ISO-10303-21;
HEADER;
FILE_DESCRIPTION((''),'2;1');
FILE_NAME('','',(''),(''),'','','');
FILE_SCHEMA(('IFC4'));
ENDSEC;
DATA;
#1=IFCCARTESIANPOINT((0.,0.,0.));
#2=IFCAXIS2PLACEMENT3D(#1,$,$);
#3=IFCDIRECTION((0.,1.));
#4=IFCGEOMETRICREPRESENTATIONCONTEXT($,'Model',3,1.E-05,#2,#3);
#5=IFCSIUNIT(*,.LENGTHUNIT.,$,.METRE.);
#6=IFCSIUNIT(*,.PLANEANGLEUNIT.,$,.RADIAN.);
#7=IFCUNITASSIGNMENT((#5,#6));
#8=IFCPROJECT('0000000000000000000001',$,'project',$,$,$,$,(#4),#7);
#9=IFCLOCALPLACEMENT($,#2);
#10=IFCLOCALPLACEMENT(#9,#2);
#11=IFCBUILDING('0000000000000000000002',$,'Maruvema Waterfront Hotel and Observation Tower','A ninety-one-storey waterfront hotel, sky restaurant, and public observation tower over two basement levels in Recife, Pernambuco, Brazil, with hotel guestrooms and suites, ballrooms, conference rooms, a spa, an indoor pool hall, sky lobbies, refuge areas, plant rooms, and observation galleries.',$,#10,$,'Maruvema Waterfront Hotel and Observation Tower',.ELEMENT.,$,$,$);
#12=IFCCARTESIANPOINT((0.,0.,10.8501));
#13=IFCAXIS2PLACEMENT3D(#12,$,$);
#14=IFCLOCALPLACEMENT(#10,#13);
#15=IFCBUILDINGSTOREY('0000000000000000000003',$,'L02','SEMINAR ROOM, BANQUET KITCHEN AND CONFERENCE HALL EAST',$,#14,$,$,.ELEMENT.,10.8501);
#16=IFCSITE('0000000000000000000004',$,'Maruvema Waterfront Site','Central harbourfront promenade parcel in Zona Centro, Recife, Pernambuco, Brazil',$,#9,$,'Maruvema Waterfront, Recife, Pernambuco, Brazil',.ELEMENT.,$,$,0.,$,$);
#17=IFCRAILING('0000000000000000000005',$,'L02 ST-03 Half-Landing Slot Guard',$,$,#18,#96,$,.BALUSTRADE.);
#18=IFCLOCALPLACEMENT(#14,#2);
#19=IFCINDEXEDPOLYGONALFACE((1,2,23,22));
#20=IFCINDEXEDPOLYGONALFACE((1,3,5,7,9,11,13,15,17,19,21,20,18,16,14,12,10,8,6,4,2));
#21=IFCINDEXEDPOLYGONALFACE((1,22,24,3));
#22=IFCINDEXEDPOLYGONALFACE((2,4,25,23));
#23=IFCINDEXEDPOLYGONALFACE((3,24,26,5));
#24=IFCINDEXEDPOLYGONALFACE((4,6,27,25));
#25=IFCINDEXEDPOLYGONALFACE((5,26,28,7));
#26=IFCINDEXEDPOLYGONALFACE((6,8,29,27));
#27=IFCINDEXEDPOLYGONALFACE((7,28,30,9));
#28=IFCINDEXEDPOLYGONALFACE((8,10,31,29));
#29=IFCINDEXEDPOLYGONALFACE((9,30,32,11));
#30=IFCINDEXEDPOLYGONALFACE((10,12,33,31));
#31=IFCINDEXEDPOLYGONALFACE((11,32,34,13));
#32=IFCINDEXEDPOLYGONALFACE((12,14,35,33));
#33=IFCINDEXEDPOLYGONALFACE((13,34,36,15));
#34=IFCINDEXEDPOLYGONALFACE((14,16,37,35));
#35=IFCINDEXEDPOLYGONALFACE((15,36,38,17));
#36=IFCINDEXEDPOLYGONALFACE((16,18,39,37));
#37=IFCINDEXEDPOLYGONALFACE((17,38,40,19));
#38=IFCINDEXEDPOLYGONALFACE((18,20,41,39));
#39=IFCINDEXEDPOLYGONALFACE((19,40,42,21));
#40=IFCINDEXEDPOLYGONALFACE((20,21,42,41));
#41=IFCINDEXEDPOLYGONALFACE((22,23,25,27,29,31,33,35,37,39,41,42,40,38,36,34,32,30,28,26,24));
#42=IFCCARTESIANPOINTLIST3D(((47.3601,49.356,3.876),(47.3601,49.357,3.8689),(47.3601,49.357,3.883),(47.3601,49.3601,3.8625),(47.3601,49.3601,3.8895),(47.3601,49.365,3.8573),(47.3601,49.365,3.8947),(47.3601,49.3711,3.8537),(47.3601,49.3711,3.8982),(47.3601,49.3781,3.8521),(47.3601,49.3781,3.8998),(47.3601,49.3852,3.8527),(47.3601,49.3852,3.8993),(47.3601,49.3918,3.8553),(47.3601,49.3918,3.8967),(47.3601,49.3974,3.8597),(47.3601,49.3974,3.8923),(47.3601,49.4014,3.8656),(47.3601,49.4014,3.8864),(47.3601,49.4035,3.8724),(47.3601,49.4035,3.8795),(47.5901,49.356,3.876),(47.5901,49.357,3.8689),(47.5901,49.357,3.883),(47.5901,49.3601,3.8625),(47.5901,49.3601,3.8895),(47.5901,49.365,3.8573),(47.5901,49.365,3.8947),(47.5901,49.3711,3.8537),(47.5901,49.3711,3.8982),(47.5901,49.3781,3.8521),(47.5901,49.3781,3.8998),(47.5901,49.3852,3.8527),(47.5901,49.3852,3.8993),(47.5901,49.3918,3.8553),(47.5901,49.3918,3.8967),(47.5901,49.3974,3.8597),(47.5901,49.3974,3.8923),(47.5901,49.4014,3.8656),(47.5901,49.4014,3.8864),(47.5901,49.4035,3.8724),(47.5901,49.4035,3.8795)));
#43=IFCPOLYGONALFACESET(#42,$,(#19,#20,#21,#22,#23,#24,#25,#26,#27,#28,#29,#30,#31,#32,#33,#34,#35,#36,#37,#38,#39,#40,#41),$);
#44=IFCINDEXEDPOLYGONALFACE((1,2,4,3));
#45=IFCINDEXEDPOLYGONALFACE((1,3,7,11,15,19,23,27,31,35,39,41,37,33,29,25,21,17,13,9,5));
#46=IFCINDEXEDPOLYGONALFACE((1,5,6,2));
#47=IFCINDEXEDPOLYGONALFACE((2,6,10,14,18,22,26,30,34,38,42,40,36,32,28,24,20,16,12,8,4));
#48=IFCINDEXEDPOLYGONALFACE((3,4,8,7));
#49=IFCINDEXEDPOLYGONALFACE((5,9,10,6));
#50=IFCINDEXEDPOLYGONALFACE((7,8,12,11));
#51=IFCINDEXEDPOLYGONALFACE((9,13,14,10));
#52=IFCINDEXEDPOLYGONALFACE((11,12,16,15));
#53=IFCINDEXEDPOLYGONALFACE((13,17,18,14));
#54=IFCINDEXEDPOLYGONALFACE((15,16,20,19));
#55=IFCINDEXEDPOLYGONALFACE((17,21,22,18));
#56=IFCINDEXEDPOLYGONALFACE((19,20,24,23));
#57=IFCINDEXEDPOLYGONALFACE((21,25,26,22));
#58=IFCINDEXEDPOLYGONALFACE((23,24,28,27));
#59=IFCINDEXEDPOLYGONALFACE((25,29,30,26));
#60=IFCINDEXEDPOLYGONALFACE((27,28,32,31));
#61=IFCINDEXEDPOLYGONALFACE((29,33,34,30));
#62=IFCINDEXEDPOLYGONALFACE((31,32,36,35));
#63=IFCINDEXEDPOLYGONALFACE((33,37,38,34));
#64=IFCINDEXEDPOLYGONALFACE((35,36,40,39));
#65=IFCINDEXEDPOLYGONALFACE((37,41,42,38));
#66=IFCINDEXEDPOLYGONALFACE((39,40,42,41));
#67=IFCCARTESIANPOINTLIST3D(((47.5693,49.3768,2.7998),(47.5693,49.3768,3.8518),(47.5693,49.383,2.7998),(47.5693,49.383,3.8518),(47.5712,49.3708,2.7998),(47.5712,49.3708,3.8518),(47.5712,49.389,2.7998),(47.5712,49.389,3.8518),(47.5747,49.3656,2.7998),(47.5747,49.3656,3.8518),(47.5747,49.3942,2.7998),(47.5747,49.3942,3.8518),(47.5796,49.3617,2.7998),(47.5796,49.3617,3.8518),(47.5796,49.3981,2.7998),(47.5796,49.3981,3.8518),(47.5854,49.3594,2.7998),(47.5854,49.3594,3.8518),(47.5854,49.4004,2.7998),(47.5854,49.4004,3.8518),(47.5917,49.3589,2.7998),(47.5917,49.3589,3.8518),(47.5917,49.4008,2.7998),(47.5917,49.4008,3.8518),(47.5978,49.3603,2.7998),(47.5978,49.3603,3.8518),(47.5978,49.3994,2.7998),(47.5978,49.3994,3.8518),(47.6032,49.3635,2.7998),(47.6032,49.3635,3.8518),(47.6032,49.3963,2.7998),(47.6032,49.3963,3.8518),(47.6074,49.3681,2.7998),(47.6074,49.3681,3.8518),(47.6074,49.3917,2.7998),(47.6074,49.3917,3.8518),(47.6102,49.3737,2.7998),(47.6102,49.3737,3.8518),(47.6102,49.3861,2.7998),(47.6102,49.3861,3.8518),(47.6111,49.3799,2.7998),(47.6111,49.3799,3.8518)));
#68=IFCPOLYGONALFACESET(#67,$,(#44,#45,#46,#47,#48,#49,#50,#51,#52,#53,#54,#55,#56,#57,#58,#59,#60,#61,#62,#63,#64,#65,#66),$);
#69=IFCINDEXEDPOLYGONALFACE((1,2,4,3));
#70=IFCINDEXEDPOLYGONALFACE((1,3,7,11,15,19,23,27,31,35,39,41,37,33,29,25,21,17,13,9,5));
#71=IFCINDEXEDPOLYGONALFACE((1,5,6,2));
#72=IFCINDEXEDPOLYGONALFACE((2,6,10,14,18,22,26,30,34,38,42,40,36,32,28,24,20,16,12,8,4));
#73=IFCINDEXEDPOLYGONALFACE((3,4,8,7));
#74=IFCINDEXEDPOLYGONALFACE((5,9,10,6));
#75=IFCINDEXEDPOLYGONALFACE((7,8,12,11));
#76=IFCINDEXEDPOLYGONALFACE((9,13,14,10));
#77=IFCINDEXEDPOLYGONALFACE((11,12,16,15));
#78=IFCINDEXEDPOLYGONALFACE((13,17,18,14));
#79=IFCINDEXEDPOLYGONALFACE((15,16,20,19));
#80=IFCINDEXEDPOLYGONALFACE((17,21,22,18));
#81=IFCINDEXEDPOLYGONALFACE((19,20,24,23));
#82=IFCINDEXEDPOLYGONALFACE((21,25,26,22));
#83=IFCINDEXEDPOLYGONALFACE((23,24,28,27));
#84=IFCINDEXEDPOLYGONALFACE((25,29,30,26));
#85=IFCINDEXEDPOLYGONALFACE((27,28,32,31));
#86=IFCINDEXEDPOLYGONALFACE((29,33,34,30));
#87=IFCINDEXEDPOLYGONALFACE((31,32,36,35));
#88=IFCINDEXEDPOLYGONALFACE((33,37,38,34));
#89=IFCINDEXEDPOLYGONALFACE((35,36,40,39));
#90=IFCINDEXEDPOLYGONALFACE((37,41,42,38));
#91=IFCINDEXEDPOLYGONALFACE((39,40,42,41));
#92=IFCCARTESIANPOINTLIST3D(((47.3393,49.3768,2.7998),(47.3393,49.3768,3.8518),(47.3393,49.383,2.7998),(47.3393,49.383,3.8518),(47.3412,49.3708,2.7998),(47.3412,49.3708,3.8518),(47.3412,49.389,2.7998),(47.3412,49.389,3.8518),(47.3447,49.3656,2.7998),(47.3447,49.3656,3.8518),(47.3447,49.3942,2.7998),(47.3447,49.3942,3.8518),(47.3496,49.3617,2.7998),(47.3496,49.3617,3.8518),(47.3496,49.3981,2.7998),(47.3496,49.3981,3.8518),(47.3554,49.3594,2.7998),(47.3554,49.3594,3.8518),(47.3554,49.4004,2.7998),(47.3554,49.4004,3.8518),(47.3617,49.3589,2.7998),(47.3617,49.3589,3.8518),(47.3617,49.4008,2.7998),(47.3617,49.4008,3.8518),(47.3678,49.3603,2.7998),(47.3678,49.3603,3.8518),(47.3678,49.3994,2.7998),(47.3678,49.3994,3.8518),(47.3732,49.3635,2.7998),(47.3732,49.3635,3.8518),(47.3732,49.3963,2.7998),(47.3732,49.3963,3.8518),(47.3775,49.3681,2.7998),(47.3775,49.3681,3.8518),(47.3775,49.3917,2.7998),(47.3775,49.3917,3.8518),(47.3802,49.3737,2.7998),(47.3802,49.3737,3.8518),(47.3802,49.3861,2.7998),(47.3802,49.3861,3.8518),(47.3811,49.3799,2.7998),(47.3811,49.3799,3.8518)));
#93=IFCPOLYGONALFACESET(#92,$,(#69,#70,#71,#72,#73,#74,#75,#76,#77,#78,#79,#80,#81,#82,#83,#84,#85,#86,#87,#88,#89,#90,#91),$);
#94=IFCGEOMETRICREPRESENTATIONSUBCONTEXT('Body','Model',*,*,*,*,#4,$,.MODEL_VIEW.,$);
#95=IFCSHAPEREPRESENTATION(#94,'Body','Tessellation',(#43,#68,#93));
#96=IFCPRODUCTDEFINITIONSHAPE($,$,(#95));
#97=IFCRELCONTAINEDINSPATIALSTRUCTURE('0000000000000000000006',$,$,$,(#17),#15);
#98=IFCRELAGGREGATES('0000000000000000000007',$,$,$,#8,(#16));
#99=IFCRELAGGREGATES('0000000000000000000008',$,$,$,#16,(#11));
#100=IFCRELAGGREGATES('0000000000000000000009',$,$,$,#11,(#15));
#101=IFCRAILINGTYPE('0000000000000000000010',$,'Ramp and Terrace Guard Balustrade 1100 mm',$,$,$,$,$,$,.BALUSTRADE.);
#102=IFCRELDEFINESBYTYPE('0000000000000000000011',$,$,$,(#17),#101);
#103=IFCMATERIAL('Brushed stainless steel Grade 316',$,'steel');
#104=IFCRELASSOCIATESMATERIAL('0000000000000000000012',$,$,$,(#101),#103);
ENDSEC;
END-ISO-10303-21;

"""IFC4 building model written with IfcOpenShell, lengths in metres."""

from ifc_helpers import new_model, si_unit, direction, frame, origin, origin_2d, place, context, subcontext, project, spatial, circle, extrude, material, type_object, element, save


model = new_model("IFC4")

# Units and contexts
model_context = context("Model", 3, precision=1e-05, world=origin(), true_north=direction((0.0, 1.0)))
body_context = subcontext(model_context, "Body", "Model", "MODEL_VIEW")
ifc_project = project(units=[si_unit("LENGTHUNIT", "METRE"), si_unit("PLANEANGLEUNIT", "RADIAN")], contexts=[model_context])

# Site, building, storey
site_placement = place(None, origin())
site = spatial("IfcSite", under=ifc_project, at=site_placement, Name="Maruvema Waterfront Site", Description="Central harbourfront promenade parcel in Zona Centro, Recife, Pernambuco, Brazil", LongName="Maruvema Waterfront, Recife, Pernambuco, Brazil", CompositionType="ELEMENT", RefElevation=0.0)
building_placement = place(site_placement, origin())
building = spatial("IfcBuilding", under=site, at=building_placement, Name="Maruvema Waterfront Hotel and Observation Tower", Description="A ninety-one-storey waterfront hotel, sky restaurant, and public observation tower over two basement levels in Recife, Pernambuco, Brazil, with hotel guestrooms and suites, ballrooms, conference rooms, a spa, an indoor pool hall, sky lobbies, refuge areas, plant rooms, and observation galleries.", LongName="Maruvema Waterfront Hotel and Observation Tower", CompositionType="ELEMENT")
storey_placement = place(building_placement, frame((0.0, 0.0, 10.8501)))
storey = spatial("IfcBuildingStorey", under=building, at=storey_placement, Name="L02", Description="SEMINAR ROOM, BANQUET KITCHEN AND CONFERENCE HALL EAST", CompositionType="ELEMENT", Elevation=10.8501)

# Railing
ifc_material_1 = material(Name="Brushed stainless steel Grade 316", Category="steel")
railing_type_1 = type_object("IfcRailingType", Name="Ramp and Terrace Guard Balustrade 1100 mm", PredefinedType="BALUSTRADE", material=ifc_material_1)
railing_1_placement = place(storey_placement, frame((47.5901, 49.3799, 2.7998)))
element("IfcRailing", 1, at=railing_1_placement, inside=storey, type_object=railing_type_1, Name="L02 ST-03 Half-Landing Slot Guard", PredefinedType="BALUSTRADE", context=body_context, shape_type="SweptSolid", body=[
    extrude(circle(Radius=0.0239, at=origin_2d()), frame((0.0, 0.0, 1.0762), z_axis=(-1.0, 0.0, 0.0), x_axis=(0.0, -1.0, 0.0)), (0.0, 0.0, 1.0), 0.23),
    extrude(circle(Radius=0.021, at=origin_2d()), origin(), (0.0, 0.0, 1.0), 1.052),
    extrude(circle(Radius=0.021, at=origin_2d()), frame((-0.23, 0.0, 0.0)), (0.0, 0.0, 1.0), 1.052),
])

save(model, "model.ifc")
